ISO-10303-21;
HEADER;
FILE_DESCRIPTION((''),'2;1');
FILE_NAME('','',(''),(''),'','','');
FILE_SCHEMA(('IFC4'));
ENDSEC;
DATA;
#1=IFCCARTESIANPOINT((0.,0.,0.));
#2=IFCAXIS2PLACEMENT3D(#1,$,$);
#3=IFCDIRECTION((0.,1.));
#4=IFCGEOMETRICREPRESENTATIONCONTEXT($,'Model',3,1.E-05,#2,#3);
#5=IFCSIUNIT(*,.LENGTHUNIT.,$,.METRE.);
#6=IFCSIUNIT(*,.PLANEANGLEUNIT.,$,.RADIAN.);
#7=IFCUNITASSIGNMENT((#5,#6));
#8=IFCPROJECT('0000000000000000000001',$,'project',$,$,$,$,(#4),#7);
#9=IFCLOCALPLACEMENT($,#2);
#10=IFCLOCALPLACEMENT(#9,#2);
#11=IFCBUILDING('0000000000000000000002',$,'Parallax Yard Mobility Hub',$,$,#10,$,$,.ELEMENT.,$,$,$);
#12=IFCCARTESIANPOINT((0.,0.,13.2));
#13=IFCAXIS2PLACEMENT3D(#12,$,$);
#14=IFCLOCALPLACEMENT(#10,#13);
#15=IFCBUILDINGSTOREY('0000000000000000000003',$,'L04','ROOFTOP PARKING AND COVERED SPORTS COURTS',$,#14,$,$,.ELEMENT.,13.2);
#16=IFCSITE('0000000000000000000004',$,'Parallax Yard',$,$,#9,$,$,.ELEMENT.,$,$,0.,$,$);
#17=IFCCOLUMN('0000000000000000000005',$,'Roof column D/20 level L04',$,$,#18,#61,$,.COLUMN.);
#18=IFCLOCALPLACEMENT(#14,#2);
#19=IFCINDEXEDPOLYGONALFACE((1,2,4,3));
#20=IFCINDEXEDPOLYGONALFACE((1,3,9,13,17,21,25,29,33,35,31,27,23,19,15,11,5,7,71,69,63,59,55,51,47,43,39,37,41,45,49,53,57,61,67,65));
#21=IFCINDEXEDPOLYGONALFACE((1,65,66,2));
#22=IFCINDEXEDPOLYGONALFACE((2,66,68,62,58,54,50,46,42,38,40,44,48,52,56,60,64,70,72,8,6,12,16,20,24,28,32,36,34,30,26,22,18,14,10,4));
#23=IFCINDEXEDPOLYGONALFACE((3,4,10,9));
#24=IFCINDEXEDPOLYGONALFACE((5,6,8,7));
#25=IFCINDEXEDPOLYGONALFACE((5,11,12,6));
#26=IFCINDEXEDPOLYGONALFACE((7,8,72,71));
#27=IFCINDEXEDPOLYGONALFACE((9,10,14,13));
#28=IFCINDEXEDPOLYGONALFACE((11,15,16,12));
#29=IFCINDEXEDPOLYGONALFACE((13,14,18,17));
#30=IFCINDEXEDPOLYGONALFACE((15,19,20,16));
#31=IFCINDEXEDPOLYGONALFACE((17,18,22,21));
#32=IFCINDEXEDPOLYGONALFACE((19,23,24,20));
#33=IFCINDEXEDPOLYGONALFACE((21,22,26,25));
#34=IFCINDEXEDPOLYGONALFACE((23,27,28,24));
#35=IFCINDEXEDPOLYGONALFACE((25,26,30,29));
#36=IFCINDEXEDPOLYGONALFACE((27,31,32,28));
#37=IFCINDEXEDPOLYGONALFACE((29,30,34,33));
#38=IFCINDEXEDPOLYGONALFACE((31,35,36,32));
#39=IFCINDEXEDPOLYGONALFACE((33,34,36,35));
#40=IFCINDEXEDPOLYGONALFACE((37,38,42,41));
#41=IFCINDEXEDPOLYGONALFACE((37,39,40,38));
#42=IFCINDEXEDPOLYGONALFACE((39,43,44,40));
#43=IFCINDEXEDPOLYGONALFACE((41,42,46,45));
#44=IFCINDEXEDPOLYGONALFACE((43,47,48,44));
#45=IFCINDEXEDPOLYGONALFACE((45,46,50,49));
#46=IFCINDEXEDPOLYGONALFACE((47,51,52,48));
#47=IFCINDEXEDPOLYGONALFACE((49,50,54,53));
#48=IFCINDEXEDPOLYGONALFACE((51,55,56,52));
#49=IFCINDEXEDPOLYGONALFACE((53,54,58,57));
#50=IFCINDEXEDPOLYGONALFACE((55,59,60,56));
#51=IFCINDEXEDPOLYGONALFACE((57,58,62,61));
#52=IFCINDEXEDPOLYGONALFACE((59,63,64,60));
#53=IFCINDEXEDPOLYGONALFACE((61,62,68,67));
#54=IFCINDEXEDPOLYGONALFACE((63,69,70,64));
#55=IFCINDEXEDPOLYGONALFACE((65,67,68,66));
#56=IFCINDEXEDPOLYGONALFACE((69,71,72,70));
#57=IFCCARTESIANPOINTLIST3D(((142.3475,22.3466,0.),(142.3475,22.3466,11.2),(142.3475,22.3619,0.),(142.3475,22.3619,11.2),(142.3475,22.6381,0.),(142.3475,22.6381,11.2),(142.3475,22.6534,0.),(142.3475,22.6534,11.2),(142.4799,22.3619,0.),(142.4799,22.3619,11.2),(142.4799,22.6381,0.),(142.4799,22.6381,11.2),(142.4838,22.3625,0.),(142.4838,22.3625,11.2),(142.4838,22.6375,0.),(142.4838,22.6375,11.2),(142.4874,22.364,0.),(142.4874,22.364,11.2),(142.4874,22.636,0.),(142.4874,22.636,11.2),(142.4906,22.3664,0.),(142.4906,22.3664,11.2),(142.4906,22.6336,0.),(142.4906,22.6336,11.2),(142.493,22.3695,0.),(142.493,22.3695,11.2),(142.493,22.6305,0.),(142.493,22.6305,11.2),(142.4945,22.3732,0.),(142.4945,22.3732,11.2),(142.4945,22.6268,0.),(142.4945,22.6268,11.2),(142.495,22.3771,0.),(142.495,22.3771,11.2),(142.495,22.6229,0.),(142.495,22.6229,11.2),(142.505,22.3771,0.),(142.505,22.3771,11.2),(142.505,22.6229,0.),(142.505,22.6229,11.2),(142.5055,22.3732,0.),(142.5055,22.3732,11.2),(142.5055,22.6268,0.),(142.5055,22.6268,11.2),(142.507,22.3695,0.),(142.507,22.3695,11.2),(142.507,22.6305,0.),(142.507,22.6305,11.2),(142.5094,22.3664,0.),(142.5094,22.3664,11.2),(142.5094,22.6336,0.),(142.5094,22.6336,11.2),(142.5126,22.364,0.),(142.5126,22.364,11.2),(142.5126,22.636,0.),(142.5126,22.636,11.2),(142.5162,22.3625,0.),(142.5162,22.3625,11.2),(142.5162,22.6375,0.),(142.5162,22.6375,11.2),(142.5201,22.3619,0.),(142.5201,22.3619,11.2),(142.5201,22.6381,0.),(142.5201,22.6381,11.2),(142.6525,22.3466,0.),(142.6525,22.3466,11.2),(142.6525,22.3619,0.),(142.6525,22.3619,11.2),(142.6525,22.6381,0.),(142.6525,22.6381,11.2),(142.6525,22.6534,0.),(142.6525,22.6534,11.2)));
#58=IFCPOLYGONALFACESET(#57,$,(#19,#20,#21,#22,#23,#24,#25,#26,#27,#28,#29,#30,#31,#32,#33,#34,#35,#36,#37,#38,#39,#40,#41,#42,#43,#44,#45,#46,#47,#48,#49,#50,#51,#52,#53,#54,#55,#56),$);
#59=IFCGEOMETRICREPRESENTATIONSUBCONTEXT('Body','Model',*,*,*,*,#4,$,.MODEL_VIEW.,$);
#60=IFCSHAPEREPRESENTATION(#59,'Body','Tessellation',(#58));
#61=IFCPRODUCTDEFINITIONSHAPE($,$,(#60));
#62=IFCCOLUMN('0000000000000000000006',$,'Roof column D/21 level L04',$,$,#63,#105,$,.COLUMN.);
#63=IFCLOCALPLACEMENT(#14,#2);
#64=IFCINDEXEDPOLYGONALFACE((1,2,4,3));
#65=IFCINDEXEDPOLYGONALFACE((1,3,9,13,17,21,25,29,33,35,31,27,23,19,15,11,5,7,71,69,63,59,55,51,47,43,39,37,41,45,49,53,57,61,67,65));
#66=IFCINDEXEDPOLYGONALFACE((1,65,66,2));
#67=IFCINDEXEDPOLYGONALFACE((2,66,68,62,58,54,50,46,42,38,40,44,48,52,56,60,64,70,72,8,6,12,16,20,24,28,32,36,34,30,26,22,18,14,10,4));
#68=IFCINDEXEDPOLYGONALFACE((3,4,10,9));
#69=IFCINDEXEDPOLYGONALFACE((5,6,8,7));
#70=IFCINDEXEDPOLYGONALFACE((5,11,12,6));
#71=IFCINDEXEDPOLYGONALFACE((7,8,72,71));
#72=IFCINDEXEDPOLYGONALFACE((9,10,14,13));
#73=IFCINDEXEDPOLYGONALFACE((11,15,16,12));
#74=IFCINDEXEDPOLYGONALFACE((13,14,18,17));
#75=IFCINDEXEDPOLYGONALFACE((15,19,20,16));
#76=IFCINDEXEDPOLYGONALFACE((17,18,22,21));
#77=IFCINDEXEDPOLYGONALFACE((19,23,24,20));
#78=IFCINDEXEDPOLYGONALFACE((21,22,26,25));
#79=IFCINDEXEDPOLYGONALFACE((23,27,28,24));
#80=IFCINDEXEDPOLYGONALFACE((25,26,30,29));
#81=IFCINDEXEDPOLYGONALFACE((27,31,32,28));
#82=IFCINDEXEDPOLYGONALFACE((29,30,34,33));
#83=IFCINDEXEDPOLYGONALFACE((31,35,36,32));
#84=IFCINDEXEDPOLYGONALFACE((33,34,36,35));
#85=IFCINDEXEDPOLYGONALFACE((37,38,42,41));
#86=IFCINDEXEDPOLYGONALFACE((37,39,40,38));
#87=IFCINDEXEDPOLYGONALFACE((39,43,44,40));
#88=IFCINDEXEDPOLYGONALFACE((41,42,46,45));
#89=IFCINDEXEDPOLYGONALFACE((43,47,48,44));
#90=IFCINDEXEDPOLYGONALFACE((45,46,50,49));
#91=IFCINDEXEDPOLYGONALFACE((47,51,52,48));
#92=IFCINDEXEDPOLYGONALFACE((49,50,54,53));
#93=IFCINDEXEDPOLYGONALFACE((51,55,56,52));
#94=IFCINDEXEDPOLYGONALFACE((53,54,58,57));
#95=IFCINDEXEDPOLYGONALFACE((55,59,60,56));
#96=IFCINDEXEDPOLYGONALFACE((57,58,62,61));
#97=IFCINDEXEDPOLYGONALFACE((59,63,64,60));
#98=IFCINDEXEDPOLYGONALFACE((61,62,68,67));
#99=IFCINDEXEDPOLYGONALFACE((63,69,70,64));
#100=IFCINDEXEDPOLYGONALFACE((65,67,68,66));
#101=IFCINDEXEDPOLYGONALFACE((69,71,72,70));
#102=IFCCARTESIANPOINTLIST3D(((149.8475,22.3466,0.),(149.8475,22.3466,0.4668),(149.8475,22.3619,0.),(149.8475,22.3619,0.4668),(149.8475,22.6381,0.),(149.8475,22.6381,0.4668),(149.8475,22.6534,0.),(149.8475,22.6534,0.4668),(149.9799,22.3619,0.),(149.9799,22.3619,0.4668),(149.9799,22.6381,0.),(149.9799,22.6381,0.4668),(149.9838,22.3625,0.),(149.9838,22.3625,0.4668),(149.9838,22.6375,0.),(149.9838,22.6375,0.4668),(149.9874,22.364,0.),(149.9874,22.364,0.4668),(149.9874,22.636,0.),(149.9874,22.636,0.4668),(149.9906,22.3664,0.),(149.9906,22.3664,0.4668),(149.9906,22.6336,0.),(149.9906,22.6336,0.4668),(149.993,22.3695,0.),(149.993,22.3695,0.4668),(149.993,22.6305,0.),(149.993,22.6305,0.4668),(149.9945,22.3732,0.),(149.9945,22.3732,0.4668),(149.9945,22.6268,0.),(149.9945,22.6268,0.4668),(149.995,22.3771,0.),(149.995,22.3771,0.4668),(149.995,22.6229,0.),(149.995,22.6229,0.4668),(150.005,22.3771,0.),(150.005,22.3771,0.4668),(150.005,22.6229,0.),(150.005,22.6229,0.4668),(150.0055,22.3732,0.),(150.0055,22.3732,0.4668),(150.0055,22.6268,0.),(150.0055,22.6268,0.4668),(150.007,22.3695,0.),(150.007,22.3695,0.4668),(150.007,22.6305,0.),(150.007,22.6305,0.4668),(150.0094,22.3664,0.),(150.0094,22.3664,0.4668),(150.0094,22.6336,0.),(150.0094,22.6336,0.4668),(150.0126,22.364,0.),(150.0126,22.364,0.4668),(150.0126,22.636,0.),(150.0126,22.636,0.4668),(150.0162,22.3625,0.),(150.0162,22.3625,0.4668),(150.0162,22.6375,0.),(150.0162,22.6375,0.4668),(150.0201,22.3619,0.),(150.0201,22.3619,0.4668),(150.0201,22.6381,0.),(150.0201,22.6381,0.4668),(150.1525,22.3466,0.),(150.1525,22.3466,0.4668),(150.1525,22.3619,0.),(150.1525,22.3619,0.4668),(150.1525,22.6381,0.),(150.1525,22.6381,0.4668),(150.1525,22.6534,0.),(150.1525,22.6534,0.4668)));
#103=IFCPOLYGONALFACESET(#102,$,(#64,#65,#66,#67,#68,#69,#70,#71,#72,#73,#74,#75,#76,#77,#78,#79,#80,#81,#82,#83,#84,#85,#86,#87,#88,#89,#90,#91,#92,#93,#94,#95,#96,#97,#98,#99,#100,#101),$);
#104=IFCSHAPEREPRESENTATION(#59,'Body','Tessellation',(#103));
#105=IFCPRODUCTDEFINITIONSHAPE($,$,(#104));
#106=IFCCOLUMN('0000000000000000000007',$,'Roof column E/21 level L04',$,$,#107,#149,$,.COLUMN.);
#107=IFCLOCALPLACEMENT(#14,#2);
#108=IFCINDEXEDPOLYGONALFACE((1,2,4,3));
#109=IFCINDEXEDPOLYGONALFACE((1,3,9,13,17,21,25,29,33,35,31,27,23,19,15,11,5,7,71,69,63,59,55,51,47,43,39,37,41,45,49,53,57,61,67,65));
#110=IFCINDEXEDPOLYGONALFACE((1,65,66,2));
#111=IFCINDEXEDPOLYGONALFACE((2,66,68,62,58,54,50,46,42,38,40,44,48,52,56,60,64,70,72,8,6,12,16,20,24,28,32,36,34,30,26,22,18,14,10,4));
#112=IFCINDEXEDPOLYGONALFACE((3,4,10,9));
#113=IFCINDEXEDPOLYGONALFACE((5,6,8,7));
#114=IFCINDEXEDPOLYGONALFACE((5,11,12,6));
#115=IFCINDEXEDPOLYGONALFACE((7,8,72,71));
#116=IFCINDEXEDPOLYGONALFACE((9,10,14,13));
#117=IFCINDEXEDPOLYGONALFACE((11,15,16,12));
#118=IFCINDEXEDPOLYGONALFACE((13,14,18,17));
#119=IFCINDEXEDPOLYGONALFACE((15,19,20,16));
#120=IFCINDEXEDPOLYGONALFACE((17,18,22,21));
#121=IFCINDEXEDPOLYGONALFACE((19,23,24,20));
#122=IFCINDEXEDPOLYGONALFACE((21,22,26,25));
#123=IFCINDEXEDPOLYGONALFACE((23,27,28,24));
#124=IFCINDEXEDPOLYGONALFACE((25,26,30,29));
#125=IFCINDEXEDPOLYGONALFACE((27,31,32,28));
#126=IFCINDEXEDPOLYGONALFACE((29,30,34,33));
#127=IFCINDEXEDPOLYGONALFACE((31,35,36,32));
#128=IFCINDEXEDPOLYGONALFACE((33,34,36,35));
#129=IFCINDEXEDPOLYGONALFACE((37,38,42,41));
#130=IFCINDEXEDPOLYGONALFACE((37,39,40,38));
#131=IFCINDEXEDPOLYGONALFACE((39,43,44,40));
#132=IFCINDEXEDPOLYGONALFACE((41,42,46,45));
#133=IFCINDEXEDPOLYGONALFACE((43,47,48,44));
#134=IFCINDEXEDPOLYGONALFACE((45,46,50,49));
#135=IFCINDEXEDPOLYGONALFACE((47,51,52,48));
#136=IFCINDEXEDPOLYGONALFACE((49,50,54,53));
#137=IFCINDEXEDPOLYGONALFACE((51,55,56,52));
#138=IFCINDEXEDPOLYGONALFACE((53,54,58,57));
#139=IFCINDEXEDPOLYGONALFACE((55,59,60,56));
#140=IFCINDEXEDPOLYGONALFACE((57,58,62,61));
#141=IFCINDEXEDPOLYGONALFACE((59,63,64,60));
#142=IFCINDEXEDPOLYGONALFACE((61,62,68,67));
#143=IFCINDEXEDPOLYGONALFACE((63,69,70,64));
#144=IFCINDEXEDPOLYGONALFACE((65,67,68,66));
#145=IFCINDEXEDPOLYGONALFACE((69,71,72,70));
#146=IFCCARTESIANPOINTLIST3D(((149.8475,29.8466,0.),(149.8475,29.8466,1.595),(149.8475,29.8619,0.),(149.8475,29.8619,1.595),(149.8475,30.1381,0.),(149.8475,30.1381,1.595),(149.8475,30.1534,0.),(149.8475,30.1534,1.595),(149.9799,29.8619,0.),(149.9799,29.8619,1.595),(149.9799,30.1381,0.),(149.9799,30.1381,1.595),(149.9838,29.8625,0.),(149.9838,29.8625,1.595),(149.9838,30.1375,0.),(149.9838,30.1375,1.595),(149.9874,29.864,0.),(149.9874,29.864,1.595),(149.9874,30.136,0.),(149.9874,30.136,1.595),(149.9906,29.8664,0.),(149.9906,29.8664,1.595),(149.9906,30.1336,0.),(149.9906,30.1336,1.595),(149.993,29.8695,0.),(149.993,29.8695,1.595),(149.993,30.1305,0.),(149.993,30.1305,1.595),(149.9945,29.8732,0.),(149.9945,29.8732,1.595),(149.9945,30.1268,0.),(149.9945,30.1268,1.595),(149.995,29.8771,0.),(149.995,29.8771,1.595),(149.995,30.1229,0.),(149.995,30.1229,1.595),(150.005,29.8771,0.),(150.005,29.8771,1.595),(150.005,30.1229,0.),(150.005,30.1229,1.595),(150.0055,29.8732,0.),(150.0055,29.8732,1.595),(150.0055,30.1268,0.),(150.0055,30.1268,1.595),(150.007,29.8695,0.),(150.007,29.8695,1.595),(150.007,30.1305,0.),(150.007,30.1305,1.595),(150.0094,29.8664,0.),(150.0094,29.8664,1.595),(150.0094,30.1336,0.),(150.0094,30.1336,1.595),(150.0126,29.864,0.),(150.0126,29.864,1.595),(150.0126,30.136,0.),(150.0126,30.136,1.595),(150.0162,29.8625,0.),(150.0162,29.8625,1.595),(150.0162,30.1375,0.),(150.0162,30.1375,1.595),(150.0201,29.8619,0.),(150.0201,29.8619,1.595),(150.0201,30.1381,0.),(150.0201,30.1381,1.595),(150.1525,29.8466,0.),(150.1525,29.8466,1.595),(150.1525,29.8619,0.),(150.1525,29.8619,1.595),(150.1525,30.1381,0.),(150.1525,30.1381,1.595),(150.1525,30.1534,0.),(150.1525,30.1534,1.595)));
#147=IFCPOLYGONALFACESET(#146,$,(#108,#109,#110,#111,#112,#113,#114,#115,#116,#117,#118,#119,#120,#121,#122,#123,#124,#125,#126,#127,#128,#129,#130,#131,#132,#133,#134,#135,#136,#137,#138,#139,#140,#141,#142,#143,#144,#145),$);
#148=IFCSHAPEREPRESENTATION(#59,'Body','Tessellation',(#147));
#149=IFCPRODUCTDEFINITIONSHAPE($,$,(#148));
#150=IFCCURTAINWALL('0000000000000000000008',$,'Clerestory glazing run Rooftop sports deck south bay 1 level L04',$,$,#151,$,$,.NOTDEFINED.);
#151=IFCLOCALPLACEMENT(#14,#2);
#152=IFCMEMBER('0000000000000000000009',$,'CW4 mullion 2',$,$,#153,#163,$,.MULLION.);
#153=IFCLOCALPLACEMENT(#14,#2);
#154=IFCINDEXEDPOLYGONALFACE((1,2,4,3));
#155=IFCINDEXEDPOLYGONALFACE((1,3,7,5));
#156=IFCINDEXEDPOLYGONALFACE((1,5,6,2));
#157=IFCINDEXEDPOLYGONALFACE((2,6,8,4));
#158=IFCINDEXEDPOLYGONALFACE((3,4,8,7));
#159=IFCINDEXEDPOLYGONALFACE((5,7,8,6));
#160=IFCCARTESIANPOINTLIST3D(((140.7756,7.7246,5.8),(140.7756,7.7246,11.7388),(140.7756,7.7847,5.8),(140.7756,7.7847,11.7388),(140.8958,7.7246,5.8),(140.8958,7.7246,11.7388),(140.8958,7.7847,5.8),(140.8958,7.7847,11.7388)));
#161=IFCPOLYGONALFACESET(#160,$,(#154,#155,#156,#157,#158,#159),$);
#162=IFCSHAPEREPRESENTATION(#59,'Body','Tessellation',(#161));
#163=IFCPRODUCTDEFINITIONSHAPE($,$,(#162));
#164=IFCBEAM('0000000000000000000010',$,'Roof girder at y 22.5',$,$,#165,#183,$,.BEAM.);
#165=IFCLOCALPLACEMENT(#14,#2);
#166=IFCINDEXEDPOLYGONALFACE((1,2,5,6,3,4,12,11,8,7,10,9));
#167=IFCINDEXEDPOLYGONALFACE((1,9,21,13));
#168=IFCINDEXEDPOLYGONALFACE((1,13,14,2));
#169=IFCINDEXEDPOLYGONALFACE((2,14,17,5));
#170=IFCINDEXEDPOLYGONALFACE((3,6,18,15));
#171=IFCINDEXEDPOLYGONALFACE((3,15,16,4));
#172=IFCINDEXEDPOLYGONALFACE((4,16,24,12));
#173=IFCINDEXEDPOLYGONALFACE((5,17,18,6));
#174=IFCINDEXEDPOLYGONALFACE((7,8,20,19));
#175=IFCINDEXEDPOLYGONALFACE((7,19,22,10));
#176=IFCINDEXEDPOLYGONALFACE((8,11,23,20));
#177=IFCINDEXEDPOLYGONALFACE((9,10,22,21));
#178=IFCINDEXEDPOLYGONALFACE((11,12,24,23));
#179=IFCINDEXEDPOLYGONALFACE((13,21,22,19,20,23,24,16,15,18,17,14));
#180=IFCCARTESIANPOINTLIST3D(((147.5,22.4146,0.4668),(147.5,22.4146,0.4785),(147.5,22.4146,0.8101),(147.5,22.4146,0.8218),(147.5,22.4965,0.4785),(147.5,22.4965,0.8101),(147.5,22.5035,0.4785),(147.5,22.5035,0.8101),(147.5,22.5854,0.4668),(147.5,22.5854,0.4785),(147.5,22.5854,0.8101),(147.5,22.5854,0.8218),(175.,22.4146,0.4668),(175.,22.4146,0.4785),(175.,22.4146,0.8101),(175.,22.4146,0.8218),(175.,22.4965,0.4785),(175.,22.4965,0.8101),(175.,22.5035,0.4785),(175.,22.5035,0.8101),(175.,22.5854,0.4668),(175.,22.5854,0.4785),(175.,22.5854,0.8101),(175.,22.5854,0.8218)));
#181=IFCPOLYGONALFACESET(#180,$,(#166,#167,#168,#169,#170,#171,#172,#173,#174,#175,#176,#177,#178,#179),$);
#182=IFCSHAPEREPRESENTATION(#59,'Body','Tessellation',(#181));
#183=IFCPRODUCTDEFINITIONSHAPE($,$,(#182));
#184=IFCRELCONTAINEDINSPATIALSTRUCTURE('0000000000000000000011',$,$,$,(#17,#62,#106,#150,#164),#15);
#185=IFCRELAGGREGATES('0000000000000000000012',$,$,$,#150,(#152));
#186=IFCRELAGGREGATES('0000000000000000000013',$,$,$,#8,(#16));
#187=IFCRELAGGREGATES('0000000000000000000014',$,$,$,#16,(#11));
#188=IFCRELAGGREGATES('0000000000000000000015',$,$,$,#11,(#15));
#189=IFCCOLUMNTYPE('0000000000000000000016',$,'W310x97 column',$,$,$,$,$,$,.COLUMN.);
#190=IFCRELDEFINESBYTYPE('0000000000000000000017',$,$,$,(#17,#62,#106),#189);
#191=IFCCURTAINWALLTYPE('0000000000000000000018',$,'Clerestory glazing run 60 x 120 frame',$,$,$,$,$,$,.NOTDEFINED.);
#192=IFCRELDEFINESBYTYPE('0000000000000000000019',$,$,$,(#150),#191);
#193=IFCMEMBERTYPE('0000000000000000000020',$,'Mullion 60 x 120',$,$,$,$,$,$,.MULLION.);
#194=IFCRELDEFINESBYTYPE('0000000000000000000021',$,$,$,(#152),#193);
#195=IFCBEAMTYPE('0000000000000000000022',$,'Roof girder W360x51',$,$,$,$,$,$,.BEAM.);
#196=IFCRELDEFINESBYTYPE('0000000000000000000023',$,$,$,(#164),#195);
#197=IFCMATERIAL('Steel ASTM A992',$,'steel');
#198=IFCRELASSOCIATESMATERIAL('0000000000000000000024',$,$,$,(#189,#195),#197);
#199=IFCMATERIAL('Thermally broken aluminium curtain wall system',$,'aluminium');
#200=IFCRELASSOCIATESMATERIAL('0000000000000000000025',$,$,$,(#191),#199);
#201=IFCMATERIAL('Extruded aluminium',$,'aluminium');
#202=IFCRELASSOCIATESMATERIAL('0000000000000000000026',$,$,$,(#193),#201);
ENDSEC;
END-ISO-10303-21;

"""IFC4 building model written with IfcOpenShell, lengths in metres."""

from ifc_helpers import new_model, si_unit, direction, frame, origin, origin_2d, place, context, subcontext, project, spatial, rectangle, i_section, extrude, material, material_profile, profile_set, type_object, element, aggregate, save


model = new_model("IFC4")

# Units and contexts
model_context = context("Model", 3, precision=1e-05, world=origin(), true_north=direction((0.0, 1.0)))
body_context = subcontext(model_context, "Body", "Model", "MODEL_VIEW")
ifc_project = project(units=[si_unit("LENGTHUNIT", "METRE"), si_unit("PLANEANGLEUNIT", "RADIAN")], contexts=[model_context])

# Site, building, storey
site_placement = place(None, origin())
site = spatial("IfcSite", under=ifc_project, at=site_placement, Name="Parallax Yard", CompositionType="ELEMENT", RefElevation=0.0)
building_placement = place(site_placement, origin())
building = spatial("IfcBuilding", under=site, at=building_placement, Name="Parallax Yard Mobility Hub", CompositionType="ELEMENT")
storey_placement = place(building_placement, frame((0.0, 0.0, 13.2)))
storey = spatial("IfcBuildingStorey", under=building, at=storey_placement, Name="L04", Description="ROOFTOP PARKING AND COVERED SPORTS COURTS", CompositionType="ELEMENT", Elevation=13.2)

# Columns
ifc_material_1 = material(Name="Steel ASTM A992", Category="steel")
ifc_material_profile_1 = material_profile(ifc_material_1, i_section(OverallWidth=0.3049, OverallDepth=0.3069, WebThickness=0.01, FlangeThickness=0.0154, FilletRadius=0.0151, at=origin_2d()), Name="W310x97")
ifc_profile_set_1 = profile_set([ifc_material_profile_1], Name="Steel ASTM A992")
column_type = type_object("IfcColumnType", Name="W310x97 column", PredefinedType="COLUMN", material=ifc_profile_set_1)
column_1_placement = place(storey_placement, frame((142.5, 22.5, 0.0), z_axis=(0.0, 0.0, 1.0), x_axis=(1.0, 0.0, 0.0)))
element("IfcColumn", 1, at=column_1_placement, inside=storey, type_object=column_type, Name="Roof column D/20 level L04", PredefinedType="COLUMN", context=body_context, shape_type="SweptSolid", body=[
    extrude(i_section(OverallWidth=0.3049, OverallDepth=0.3069, WebThickness=0.01, FlangeThickness=0.0154, FilletRadius=0.0151, at=origin_2d()), origin(), (0.0, 0.0, 1.0), 11.2),
])
column_2_placement = place(storey_placement, frame((150.0, 22.5, 0.0), z_axis=(0.0, 0.0, 1.0), x_axis=(1.0, 0.0, 0.0)))
element("IfcColumn", 2, at=column_2_placement, inside=storey, type_object=column_type, Name="Roof column D/21 level L04", PredefinedType="COLUMN", context=body_context, shape_type="SweptSolid", body=[
    extrude(i_section(OverallWidth=0.3049, OverallDepth=0.3069, WebThickness=0.01, FlangeThickness=0.0154, FilletRadius=0.0151, at=origin_2d()), origin(), (0.0, 0.0, 1.0), 0.4668),
])
column_3_placement = place(storey_placement, frame((150.0, 30.0, 0.0), z_axis=(0.0, 0.0, 1.0), x_axis=(1.0, 0.0, 0.0)))
element("IfcColumn", 3, at=column_3_placement, inside=storey, type_object=column_type, Name="Roof column E/21 level L04", PredefinedType="COLUMN", context=body_context, shape_type="SweptSolid", body=[
    extrude(i_section(OverallWidth=0.3049, OverallDepth=0.3069, WebThickness=0.01, FlangeThickness=0.0154, FilletRadius=0.0151, at=origin_2d()), origin(), (0.0, 0.0, 1.0), 1.595),
])

# Curtain wall, member
ifc_material_2 = material(Name="Thermally broken aluminium curtain wall system", Category="aluminium")
curtain_wall_type = type_object("IfcCurtainWallType", Name="Clerestory glazing run 60 x 120 frame", PredefinedType="NOTDEFINED", material=ifc_material_2)
curtain_wall_1_placement = place(storey_placement, origin())
curtain_wall_1 = element("IfcCurtainWall", 4, at=curtain_wall_1_placement, inside=storey, type_object=curtain_wall_type, Name="Clerestory glazing run Rooftop sports deck south bay 1 level L04", PredefinedType="NOTDEFINED")
ifc_material_3 = material(Name="Extruded aluminium", Category="aluminium")
ifc_material_profile_2 = material_profile(ifc_material_3, rectangle(XDim=0.0601, YDim=0.1201, at=origin_2d()), Name="Mullion 60 x 120")
ifc_profile_set_2 = profile_set([ifc_material_profile_2], Name="Extruded aluminium")
member_type_1 = type_object("IfcMemberType", Name="Mullion 60 x 120", PredefinedType="MULLION", material=ifc_profile_set_2)
member_1_placement = place(storey_placement, frame((140.8357, 7.7546, 5.8), z_axis=(0.0, 0.0, 1.0), x_axis=(0.0, 1.0, 0.0)))
member_1 = element("IfcMember", 5, at=member_1_placement, type_object=member_type_1, Name="CW4 mullion 2", PredefinedType="MULLION", context=body_context, shape_type="SweptSolid", body=[
    extrude(rectangle(XDim=0.0601, YDim=0.1201, at=origin_2d()), origin(), (0.0, 0.0, 1.0), 5.9387),
])

# Beam
ifc_material_profile_3 = material_profile(ifc_material_1, i_section(OverallWidth=0.1709, OverallDepth=0.355, WebThickness=0.0071, FlangeThickness=0.0117, at=origin_2d()), Name="W360x51")
ifc_profile_set_3 = profile_set([ifc_material_profile_3], Name="Steel ASTM A992")
beam_type_1 = type_object("IfcBeamType", Name="Roof girder W360x51", PredefinedType="BEAM", material=ifc_profile_set_3)
beam_1_placement = place(storey_placement, frame((147.5, 22.5, 0.6443), z_axis=(1.0, 0.0, 0.0), x_axis=(0.0, 1.0, 0.0)))
element("IfcBeam", 6, at=beam_1_placement, inside=storey, type_object=beam_type_1, Name="Roof girder at y 22.5", PredefinedType="BEAM", context=body_context, shape_type="SweptSolid", body=[
    extrude(i_section(OverallWidth=0.1709, OverallDepth=0.355, WebThickness=0.0071, FlangeThickness=0.0117, at=origin_2d()), origin(), (0.0, 0.0, 1.0), 27.5),
])

aggregate(curtain_wall_1, [member_1])

save(model, "model.ifc")
